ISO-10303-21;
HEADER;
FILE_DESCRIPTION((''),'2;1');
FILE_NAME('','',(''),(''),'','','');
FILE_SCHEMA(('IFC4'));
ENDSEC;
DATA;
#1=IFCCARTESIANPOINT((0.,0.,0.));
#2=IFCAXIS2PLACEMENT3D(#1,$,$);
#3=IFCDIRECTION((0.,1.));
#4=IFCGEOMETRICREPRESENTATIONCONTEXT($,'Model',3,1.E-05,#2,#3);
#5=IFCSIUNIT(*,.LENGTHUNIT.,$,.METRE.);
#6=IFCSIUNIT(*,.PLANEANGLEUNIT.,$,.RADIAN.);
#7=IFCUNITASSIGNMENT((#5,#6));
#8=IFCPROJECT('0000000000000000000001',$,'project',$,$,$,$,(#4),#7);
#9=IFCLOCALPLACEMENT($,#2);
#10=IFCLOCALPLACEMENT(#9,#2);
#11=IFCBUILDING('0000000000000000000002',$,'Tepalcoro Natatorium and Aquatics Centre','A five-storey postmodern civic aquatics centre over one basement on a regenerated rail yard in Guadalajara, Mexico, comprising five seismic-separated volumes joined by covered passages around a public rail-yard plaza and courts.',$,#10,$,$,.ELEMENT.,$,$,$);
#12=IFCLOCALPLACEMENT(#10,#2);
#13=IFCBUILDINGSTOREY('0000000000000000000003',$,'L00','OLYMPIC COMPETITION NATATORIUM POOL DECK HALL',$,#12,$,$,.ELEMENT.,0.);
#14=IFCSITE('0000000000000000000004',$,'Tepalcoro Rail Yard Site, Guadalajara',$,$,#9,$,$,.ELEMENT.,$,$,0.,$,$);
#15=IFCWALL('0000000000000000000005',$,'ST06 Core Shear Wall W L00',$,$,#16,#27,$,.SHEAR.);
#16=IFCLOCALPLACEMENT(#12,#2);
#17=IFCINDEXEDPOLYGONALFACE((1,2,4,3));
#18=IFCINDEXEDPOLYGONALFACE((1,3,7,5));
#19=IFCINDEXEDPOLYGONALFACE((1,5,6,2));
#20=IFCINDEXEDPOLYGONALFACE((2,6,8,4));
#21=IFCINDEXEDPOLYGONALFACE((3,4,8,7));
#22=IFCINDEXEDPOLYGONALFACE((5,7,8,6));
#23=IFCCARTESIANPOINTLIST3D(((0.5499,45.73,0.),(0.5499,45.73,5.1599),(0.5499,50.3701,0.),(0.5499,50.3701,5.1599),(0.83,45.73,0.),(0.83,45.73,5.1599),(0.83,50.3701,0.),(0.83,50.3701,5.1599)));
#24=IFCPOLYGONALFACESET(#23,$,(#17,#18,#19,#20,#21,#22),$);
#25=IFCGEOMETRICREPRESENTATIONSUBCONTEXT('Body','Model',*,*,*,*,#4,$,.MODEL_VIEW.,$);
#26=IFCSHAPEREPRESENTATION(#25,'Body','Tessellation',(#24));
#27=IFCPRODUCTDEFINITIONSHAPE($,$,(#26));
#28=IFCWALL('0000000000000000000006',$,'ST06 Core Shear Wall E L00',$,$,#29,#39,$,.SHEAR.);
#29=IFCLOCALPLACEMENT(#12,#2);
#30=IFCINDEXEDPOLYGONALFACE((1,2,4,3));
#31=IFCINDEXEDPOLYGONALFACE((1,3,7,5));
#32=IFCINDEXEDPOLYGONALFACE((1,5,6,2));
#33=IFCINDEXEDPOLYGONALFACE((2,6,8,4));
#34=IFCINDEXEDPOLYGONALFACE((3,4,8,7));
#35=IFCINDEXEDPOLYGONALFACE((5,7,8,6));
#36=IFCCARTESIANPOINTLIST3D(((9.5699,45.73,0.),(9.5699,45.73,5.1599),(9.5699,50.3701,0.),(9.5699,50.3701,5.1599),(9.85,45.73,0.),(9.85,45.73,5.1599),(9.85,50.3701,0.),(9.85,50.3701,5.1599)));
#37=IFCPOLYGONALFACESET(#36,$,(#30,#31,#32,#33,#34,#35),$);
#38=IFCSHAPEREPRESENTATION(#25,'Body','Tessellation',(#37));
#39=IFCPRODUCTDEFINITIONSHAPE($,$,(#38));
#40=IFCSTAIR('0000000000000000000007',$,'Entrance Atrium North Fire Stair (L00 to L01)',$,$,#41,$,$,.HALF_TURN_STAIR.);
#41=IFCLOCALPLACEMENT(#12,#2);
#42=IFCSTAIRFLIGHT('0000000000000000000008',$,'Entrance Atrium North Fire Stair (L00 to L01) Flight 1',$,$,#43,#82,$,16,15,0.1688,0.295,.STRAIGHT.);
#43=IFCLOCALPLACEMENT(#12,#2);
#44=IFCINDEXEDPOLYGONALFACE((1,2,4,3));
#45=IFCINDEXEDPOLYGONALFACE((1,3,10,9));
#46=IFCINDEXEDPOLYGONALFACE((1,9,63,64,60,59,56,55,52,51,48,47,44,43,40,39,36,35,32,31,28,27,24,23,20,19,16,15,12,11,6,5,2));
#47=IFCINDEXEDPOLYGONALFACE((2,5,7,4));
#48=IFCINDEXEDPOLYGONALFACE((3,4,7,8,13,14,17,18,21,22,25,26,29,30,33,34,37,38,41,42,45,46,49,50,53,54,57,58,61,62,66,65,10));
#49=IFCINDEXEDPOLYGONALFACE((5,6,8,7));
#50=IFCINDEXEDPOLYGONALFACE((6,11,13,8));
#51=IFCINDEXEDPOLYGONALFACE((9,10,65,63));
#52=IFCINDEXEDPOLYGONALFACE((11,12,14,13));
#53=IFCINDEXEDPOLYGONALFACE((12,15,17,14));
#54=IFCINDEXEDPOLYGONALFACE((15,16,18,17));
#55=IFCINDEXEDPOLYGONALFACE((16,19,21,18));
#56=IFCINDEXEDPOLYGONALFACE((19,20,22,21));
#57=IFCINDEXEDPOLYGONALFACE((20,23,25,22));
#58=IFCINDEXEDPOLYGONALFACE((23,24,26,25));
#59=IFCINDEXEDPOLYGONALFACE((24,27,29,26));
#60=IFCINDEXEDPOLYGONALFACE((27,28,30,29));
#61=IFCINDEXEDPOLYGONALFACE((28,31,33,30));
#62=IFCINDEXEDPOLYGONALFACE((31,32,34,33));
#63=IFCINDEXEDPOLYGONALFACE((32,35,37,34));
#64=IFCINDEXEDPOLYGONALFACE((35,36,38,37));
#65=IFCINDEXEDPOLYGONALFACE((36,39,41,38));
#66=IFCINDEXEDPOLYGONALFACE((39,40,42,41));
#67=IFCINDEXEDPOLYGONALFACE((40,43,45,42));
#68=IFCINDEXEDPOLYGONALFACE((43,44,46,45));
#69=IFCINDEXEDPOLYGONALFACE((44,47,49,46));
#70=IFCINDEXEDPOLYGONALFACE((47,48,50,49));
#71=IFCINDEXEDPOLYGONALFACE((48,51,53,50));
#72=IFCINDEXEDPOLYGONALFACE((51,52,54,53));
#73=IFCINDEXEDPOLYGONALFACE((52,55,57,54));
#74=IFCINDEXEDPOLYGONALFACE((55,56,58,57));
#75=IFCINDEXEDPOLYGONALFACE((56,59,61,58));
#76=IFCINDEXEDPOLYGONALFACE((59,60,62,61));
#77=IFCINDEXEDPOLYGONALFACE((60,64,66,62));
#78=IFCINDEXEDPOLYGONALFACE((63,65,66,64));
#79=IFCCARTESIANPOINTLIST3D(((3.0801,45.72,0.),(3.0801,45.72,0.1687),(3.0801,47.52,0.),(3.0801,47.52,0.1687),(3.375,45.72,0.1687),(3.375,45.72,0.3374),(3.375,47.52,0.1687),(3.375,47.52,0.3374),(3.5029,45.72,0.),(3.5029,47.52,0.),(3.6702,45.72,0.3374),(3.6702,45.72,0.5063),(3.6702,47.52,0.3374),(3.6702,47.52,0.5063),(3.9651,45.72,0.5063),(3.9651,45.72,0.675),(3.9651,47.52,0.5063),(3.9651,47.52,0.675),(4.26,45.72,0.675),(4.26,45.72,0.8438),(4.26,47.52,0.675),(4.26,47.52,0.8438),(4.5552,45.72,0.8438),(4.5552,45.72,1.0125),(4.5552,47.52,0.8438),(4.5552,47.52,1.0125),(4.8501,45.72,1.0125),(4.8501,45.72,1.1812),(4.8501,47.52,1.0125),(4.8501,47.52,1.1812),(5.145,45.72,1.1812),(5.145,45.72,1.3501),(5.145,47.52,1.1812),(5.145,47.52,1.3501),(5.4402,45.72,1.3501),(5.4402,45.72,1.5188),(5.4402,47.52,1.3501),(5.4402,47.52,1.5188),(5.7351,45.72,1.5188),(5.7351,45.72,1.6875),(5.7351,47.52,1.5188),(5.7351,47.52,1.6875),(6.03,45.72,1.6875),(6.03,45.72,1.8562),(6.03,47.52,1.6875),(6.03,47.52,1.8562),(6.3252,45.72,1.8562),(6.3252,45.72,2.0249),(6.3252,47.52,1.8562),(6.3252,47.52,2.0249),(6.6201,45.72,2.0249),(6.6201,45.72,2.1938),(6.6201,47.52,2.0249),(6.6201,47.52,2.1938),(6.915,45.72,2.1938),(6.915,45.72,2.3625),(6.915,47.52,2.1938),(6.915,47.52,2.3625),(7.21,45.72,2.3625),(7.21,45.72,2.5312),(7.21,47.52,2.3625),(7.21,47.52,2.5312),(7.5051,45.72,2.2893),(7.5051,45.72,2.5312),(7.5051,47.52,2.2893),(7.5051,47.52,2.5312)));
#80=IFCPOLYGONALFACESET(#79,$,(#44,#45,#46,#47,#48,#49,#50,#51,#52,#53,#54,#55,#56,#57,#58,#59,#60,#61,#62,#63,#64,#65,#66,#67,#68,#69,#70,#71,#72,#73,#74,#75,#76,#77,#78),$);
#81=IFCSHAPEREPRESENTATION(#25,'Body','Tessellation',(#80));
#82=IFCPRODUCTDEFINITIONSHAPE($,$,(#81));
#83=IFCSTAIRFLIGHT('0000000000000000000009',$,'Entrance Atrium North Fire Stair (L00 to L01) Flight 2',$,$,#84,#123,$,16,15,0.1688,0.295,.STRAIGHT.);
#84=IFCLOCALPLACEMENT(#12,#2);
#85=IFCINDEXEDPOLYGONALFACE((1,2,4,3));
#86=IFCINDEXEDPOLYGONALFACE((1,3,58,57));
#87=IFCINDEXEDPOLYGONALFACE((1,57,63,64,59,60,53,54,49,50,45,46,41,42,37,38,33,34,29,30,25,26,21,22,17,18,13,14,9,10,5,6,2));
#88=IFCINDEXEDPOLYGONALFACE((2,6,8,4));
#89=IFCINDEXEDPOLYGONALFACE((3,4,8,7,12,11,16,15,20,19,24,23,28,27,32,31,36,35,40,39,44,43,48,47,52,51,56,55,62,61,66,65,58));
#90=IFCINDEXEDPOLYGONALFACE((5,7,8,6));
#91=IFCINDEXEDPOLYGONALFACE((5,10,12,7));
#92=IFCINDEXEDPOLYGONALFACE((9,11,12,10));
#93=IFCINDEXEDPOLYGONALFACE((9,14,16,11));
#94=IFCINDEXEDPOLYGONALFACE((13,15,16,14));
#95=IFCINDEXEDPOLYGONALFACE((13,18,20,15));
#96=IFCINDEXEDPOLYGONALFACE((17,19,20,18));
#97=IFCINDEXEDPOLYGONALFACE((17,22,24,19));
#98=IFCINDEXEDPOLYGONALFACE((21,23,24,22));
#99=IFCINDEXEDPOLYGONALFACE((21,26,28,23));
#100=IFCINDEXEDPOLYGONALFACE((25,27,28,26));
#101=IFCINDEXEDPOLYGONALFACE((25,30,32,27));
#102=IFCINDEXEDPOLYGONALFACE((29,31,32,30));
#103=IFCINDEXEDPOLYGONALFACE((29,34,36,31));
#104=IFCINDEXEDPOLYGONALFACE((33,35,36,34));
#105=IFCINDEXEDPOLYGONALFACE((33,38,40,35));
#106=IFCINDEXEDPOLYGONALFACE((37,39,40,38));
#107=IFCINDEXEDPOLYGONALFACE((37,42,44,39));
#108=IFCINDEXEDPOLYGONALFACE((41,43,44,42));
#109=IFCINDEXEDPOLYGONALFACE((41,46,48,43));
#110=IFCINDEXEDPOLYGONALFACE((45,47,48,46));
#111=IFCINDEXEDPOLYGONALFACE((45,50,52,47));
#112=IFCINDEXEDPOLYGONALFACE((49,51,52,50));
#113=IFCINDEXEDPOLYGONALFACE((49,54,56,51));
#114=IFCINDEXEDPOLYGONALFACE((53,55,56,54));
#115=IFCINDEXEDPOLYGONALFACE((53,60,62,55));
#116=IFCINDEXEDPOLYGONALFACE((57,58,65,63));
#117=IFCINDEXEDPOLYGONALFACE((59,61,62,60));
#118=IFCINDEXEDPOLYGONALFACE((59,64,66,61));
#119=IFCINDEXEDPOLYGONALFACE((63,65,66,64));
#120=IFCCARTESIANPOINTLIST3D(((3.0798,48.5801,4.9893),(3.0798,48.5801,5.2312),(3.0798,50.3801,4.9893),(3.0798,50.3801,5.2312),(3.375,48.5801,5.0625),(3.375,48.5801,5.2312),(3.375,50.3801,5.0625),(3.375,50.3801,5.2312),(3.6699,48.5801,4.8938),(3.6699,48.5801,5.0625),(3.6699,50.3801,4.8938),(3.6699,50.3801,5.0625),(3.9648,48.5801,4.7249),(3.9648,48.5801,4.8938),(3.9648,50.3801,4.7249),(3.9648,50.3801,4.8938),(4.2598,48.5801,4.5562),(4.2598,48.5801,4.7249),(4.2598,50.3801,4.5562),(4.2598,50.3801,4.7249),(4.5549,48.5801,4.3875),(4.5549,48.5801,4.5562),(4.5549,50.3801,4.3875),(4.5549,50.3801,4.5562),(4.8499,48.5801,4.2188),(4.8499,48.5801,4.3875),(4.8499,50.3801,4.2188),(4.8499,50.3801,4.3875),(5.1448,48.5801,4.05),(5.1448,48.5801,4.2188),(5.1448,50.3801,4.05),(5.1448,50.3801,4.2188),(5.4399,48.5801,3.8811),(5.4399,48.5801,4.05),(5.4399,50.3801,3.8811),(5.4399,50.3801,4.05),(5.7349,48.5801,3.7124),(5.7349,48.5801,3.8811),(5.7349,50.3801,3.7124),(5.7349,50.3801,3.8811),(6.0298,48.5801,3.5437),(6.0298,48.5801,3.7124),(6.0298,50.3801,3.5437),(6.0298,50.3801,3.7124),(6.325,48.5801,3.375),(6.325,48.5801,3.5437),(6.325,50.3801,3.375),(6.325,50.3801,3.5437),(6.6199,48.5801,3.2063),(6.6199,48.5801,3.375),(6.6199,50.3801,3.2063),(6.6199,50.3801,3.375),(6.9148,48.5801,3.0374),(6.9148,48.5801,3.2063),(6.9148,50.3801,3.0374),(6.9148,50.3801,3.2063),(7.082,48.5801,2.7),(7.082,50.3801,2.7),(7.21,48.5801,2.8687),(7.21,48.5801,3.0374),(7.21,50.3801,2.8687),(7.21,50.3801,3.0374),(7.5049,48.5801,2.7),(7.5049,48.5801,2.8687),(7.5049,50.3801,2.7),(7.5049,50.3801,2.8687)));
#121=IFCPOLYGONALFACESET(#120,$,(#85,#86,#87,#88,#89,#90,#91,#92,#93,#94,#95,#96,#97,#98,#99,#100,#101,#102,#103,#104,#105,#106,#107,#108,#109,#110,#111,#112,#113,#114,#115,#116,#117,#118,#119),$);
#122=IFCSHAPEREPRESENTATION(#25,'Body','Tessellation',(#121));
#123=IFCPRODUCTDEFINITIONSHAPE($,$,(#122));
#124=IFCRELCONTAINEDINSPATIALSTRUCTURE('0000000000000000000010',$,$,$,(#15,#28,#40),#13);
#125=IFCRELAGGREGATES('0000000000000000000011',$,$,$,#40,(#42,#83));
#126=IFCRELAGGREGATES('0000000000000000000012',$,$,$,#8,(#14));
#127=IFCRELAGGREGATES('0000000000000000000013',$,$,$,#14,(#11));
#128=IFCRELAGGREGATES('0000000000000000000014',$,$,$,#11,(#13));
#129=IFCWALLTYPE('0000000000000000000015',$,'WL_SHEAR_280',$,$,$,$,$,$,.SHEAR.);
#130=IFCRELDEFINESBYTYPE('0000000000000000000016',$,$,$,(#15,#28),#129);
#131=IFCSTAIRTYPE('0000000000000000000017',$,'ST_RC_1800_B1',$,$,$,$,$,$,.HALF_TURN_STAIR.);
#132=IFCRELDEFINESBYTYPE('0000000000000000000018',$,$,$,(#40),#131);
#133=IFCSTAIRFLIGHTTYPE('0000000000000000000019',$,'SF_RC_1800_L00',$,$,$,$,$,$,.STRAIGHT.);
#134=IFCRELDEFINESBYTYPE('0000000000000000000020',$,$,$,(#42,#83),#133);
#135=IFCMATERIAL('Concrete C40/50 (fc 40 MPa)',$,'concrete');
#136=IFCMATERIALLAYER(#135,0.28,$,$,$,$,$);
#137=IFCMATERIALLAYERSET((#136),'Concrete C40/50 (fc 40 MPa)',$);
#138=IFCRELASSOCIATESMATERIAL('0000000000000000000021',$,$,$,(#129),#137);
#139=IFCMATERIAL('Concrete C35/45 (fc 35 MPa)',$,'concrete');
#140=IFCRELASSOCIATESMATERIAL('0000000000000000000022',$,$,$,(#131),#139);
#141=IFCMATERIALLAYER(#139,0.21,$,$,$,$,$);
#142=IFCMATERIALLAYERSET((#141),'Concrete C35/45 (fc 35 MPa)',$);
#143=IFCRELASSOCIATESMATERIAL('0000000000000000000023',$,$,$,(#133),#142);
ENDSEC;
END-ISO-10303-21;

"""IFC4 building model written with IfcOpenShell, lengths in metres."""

from ifc_helpers import new_model, si_unit, direction, frame, frame_2d, origin, place, context, subcontext, project, spatial, polyline, rectangle, outline, extrude, material, layer, layer_set, type_object, element, aggregate, save


model = new_model("IFC4")

# Units and contexts
model_context = context("Model", 3, precision=1e-05, world=origin(), true_north=direction((0.0, 1.0)))
body_context = subcontext(model_context, "Body", "Model", "MODEL_VIEW")
ifc_project = project(units=[si_unit("LENGTHUNIT", "METRE"), si_unit("PLANEANGLEUNIT", "RADIAN")], contexts=[model_context])

# Site, building, storey
site_placement = place(None, origin())
site = spatial("IfcSite", under=ifc_project, at=site_placement, Name="Tepalcoro Rail Yard Site, Guadalajara", CompositionType="ELEMENT", RefElevation=0.0)
building_placement = place(site_placement, origin())
building = spatial("IfcBuilding", under=site, at=building_placement, Name="Tepalcoro Natatorium and Aquatics Centre", Description="A five-storey postmodern civic aquatics centre over one basement on a regenerated rail yard in Guadalajara, Mexico, comprising five seismic-separated volumes joined by covered passages around a public rail-yard plaza and courts.", CompositionType="ELEMENT")
storey_placement = place(building_placement, origin())
storey = spatial("IfcBuildingStorey", under=building, at=storey_placement, Name="L00", Description="OLYMPIC COMPETITION NATATORIUM POOL DECK HALL", CompositionType="ELEMENT", Elevation=0.0)

# Shared definitions
ifc_material_1 = material(Name="Concrete C40/50 (fc 40 MPa)", Category="concrete")

# Shared definitions
ifc_layer_1 = layer(ifc_material_1, 0.28)
ifc_layer_set_1 = layer_set([ifc_layer_1], Name="Concrete C40/50 (fc 40 MPa)")
wall_type_1 = type_object("IfcWallType", Name="WL_SHEAR_280", PredefinedType="SHEAR", material=ifc_layer_set_1)

# Walls
for number, where, z_axis, x_axis, name in (
    (1, (0.6899, 45.73, 0.0), (0.0, 0.0, 1.0), (0.0, 1.0, 0.0), "ST06 Core Shear Wall W L00"),
    (2, (9.71, 45.73, 0.0), (0.0, 0.0, 1.0), (0.0, 1.0, 0.0), "ST06 Core Shear Wall E L00"),
):
    element("IfcWall", number, at=place(storey_placement, frame(where, z_axis=z_axis, x_axis=x_axis)), inside=storey, type_object=wall_type_1, Name=name, PredefinedType="SHEAR", context=body_context, shape_type="SweptSolid", body=[
        extrude(rectangle(XDim=4.6401, YDim=0.28, at=frame_2d((2.3201, 0.0))), origin(), (0.0, 0.0, 1.0), 5.1599),
    ])

# Stair, stair flights
ifc_material_2 = material(Name="Concrete C35/45 (fc 35 MPa)", Category="concrete")
stair_type = type_object("IfcStairType", Name="ST_RC_1800_B1", PredefinedType="HALF_TURN_STAIR", material=ifc_material_2)
stair_placement = place(storey_placement, origin())
stair = element("IfcStair", 3, at=stair_placement, inside=storey, type_object=stair_type, Name="Entrance Atrium North Fire Stair (L00 to L01)", PredefinedType="HALF_TURN_STAIR")
ifc_layer_2 = layer(ifc_material_2, 0.21)
ifc_layer_set_2 = layer_set([ifc_layer_2], Name="Concrete C35/45 (fc 35 MPa)")
stair_flight_type = type_object("IfcStairFlightType", Name="SF_RC_1800_L00", PredefinedType="STRAIGHT", material=ifc_layer_set_2)
stair_flight_1_placement = place(storey_placement, frame((3.0801, 46.6201, 0.0), z_axis=(0.0, 0.0, 1.0), x_axis=(1.0, 0.0, 0.0)))
stair_flight_1 = element("IfcStairFlight", 4, at=stair_flight_1_placement, type_object=stair_flight_type, Name="Entrance Atrium North Fire Stair (L00 to L01) Flight 1", NumberOfRisers=16, NumberOfTreads=15, PredefinedType="STRAIGHT", RiserHeight=0.1688, TreadLength=0.295, context=body_context, shape_type="SweptSolid", body=[
    extrude(outline(polyline([(0.0, 0.0), (0.0, 0.1687), (0.2949, 0.1687), (0.2949, 0.3374), (0.5901, 0.3374), (0.5901, 0.5063), (0.885, 0.5063), (0.885, 0.675), (1.1799, 0.675), (1.1799, 0.8438), (1.4751, 0.8438), (1.4751, 1.0125), (1.77, 1.0125), (1.77, 1.1812), (2.0649, 1.1812), (2.0649, 1.3501), (2.3601, 1.3501), (2.3601, 1.5188), (2.655, 1.5188), (2.655, 1.6875), (2.95, 1.6875), (2.95, 1.8562), (3.2451, 1.8562), (3.2451, 2.0249), (3.54, 2.0249), (3.54, 2.1938), (3.835, 2.1938), (3.835, 2.3625), (4.1299, 2.3625), (4.1299, 2.5312), (4.425, 2.5312), (4.425, 2.7), (4.425, 2.2893), (0.4229, 0.0), (0.0, 0.0)])), frame((0.0, 0.8999, 0.0), z_axis=(0.0, -1.0, 0.0), x_axis=(1.0, 0.0, 0.0)), (0.0, 0.0, 1.0), 1.8),
])
stair_flight_2_placement = place(storey_placement, frame((7.5049, 49.48, 2.7), z_axis=(0.0, 0.0, 1.0), x_axis=(-1.0, 0.0, 0.0)))
stair_flight_2 = element("IfcStairFlight", 5, at=stair_flight_2_placement, type_object=stair_flight_type, Name="Entrance Atrium North Fire Stair (L00 to L01) Flight 2", NumberOfRisers=16, NumberOfTreads=15, PredefinedType="STRAIGHT", RiserHeight=0.1688, TreadLength=0.295, context=body_context, shape_type="SweptSolid", body=[
    extrude(outline(polyline([(0.0, 0.0), (0.0, 0.1687), (0.2949, 0.1687), (0.2949, 0.3374), (0.5901, 0.3374), (0.5901, 0.5063), (0.885, 0.5063), (0.885, 0.675), (1.1799, 0.675), (1.1799, 0.8438), (1.4751, 0.8438), (1.4751, 1.0125), (1.77, 1.0125), (1.77, 1.1812), (2.0649, 1.1812), (2.0649, 1.3501), (2.3601, 1.3501), (2.3601, 1.5188), (2.655, 1.5188), (2.655, 1.6875), (2.95, 1.6875), (2.95, 1.8562), (3.2451, 1.8562), (3.2451, 2.0249), (3.54, 2.0249), (3.54, 2.1938), (3.835, 2.1938), (3.835, 2.3625), (4.1299, 2.3625), (4.1299, 2.5312), (4.425, 2.5312), (4.425, 2.7), (4.425, 2.2893), (0.4229, 0.0), (0.0, 0.0)])), frame((0.0, 0.8999, 0.0), z_axis=(0.0, -1.0, 0.0), x_axis=(1.0, 0.0, 0.0)), (0.0, 0.0, 1.0), 1.8),
])
aggregate(stair, [stair_flight_1, stair_flight_2])

save(model, "model.ifc")
